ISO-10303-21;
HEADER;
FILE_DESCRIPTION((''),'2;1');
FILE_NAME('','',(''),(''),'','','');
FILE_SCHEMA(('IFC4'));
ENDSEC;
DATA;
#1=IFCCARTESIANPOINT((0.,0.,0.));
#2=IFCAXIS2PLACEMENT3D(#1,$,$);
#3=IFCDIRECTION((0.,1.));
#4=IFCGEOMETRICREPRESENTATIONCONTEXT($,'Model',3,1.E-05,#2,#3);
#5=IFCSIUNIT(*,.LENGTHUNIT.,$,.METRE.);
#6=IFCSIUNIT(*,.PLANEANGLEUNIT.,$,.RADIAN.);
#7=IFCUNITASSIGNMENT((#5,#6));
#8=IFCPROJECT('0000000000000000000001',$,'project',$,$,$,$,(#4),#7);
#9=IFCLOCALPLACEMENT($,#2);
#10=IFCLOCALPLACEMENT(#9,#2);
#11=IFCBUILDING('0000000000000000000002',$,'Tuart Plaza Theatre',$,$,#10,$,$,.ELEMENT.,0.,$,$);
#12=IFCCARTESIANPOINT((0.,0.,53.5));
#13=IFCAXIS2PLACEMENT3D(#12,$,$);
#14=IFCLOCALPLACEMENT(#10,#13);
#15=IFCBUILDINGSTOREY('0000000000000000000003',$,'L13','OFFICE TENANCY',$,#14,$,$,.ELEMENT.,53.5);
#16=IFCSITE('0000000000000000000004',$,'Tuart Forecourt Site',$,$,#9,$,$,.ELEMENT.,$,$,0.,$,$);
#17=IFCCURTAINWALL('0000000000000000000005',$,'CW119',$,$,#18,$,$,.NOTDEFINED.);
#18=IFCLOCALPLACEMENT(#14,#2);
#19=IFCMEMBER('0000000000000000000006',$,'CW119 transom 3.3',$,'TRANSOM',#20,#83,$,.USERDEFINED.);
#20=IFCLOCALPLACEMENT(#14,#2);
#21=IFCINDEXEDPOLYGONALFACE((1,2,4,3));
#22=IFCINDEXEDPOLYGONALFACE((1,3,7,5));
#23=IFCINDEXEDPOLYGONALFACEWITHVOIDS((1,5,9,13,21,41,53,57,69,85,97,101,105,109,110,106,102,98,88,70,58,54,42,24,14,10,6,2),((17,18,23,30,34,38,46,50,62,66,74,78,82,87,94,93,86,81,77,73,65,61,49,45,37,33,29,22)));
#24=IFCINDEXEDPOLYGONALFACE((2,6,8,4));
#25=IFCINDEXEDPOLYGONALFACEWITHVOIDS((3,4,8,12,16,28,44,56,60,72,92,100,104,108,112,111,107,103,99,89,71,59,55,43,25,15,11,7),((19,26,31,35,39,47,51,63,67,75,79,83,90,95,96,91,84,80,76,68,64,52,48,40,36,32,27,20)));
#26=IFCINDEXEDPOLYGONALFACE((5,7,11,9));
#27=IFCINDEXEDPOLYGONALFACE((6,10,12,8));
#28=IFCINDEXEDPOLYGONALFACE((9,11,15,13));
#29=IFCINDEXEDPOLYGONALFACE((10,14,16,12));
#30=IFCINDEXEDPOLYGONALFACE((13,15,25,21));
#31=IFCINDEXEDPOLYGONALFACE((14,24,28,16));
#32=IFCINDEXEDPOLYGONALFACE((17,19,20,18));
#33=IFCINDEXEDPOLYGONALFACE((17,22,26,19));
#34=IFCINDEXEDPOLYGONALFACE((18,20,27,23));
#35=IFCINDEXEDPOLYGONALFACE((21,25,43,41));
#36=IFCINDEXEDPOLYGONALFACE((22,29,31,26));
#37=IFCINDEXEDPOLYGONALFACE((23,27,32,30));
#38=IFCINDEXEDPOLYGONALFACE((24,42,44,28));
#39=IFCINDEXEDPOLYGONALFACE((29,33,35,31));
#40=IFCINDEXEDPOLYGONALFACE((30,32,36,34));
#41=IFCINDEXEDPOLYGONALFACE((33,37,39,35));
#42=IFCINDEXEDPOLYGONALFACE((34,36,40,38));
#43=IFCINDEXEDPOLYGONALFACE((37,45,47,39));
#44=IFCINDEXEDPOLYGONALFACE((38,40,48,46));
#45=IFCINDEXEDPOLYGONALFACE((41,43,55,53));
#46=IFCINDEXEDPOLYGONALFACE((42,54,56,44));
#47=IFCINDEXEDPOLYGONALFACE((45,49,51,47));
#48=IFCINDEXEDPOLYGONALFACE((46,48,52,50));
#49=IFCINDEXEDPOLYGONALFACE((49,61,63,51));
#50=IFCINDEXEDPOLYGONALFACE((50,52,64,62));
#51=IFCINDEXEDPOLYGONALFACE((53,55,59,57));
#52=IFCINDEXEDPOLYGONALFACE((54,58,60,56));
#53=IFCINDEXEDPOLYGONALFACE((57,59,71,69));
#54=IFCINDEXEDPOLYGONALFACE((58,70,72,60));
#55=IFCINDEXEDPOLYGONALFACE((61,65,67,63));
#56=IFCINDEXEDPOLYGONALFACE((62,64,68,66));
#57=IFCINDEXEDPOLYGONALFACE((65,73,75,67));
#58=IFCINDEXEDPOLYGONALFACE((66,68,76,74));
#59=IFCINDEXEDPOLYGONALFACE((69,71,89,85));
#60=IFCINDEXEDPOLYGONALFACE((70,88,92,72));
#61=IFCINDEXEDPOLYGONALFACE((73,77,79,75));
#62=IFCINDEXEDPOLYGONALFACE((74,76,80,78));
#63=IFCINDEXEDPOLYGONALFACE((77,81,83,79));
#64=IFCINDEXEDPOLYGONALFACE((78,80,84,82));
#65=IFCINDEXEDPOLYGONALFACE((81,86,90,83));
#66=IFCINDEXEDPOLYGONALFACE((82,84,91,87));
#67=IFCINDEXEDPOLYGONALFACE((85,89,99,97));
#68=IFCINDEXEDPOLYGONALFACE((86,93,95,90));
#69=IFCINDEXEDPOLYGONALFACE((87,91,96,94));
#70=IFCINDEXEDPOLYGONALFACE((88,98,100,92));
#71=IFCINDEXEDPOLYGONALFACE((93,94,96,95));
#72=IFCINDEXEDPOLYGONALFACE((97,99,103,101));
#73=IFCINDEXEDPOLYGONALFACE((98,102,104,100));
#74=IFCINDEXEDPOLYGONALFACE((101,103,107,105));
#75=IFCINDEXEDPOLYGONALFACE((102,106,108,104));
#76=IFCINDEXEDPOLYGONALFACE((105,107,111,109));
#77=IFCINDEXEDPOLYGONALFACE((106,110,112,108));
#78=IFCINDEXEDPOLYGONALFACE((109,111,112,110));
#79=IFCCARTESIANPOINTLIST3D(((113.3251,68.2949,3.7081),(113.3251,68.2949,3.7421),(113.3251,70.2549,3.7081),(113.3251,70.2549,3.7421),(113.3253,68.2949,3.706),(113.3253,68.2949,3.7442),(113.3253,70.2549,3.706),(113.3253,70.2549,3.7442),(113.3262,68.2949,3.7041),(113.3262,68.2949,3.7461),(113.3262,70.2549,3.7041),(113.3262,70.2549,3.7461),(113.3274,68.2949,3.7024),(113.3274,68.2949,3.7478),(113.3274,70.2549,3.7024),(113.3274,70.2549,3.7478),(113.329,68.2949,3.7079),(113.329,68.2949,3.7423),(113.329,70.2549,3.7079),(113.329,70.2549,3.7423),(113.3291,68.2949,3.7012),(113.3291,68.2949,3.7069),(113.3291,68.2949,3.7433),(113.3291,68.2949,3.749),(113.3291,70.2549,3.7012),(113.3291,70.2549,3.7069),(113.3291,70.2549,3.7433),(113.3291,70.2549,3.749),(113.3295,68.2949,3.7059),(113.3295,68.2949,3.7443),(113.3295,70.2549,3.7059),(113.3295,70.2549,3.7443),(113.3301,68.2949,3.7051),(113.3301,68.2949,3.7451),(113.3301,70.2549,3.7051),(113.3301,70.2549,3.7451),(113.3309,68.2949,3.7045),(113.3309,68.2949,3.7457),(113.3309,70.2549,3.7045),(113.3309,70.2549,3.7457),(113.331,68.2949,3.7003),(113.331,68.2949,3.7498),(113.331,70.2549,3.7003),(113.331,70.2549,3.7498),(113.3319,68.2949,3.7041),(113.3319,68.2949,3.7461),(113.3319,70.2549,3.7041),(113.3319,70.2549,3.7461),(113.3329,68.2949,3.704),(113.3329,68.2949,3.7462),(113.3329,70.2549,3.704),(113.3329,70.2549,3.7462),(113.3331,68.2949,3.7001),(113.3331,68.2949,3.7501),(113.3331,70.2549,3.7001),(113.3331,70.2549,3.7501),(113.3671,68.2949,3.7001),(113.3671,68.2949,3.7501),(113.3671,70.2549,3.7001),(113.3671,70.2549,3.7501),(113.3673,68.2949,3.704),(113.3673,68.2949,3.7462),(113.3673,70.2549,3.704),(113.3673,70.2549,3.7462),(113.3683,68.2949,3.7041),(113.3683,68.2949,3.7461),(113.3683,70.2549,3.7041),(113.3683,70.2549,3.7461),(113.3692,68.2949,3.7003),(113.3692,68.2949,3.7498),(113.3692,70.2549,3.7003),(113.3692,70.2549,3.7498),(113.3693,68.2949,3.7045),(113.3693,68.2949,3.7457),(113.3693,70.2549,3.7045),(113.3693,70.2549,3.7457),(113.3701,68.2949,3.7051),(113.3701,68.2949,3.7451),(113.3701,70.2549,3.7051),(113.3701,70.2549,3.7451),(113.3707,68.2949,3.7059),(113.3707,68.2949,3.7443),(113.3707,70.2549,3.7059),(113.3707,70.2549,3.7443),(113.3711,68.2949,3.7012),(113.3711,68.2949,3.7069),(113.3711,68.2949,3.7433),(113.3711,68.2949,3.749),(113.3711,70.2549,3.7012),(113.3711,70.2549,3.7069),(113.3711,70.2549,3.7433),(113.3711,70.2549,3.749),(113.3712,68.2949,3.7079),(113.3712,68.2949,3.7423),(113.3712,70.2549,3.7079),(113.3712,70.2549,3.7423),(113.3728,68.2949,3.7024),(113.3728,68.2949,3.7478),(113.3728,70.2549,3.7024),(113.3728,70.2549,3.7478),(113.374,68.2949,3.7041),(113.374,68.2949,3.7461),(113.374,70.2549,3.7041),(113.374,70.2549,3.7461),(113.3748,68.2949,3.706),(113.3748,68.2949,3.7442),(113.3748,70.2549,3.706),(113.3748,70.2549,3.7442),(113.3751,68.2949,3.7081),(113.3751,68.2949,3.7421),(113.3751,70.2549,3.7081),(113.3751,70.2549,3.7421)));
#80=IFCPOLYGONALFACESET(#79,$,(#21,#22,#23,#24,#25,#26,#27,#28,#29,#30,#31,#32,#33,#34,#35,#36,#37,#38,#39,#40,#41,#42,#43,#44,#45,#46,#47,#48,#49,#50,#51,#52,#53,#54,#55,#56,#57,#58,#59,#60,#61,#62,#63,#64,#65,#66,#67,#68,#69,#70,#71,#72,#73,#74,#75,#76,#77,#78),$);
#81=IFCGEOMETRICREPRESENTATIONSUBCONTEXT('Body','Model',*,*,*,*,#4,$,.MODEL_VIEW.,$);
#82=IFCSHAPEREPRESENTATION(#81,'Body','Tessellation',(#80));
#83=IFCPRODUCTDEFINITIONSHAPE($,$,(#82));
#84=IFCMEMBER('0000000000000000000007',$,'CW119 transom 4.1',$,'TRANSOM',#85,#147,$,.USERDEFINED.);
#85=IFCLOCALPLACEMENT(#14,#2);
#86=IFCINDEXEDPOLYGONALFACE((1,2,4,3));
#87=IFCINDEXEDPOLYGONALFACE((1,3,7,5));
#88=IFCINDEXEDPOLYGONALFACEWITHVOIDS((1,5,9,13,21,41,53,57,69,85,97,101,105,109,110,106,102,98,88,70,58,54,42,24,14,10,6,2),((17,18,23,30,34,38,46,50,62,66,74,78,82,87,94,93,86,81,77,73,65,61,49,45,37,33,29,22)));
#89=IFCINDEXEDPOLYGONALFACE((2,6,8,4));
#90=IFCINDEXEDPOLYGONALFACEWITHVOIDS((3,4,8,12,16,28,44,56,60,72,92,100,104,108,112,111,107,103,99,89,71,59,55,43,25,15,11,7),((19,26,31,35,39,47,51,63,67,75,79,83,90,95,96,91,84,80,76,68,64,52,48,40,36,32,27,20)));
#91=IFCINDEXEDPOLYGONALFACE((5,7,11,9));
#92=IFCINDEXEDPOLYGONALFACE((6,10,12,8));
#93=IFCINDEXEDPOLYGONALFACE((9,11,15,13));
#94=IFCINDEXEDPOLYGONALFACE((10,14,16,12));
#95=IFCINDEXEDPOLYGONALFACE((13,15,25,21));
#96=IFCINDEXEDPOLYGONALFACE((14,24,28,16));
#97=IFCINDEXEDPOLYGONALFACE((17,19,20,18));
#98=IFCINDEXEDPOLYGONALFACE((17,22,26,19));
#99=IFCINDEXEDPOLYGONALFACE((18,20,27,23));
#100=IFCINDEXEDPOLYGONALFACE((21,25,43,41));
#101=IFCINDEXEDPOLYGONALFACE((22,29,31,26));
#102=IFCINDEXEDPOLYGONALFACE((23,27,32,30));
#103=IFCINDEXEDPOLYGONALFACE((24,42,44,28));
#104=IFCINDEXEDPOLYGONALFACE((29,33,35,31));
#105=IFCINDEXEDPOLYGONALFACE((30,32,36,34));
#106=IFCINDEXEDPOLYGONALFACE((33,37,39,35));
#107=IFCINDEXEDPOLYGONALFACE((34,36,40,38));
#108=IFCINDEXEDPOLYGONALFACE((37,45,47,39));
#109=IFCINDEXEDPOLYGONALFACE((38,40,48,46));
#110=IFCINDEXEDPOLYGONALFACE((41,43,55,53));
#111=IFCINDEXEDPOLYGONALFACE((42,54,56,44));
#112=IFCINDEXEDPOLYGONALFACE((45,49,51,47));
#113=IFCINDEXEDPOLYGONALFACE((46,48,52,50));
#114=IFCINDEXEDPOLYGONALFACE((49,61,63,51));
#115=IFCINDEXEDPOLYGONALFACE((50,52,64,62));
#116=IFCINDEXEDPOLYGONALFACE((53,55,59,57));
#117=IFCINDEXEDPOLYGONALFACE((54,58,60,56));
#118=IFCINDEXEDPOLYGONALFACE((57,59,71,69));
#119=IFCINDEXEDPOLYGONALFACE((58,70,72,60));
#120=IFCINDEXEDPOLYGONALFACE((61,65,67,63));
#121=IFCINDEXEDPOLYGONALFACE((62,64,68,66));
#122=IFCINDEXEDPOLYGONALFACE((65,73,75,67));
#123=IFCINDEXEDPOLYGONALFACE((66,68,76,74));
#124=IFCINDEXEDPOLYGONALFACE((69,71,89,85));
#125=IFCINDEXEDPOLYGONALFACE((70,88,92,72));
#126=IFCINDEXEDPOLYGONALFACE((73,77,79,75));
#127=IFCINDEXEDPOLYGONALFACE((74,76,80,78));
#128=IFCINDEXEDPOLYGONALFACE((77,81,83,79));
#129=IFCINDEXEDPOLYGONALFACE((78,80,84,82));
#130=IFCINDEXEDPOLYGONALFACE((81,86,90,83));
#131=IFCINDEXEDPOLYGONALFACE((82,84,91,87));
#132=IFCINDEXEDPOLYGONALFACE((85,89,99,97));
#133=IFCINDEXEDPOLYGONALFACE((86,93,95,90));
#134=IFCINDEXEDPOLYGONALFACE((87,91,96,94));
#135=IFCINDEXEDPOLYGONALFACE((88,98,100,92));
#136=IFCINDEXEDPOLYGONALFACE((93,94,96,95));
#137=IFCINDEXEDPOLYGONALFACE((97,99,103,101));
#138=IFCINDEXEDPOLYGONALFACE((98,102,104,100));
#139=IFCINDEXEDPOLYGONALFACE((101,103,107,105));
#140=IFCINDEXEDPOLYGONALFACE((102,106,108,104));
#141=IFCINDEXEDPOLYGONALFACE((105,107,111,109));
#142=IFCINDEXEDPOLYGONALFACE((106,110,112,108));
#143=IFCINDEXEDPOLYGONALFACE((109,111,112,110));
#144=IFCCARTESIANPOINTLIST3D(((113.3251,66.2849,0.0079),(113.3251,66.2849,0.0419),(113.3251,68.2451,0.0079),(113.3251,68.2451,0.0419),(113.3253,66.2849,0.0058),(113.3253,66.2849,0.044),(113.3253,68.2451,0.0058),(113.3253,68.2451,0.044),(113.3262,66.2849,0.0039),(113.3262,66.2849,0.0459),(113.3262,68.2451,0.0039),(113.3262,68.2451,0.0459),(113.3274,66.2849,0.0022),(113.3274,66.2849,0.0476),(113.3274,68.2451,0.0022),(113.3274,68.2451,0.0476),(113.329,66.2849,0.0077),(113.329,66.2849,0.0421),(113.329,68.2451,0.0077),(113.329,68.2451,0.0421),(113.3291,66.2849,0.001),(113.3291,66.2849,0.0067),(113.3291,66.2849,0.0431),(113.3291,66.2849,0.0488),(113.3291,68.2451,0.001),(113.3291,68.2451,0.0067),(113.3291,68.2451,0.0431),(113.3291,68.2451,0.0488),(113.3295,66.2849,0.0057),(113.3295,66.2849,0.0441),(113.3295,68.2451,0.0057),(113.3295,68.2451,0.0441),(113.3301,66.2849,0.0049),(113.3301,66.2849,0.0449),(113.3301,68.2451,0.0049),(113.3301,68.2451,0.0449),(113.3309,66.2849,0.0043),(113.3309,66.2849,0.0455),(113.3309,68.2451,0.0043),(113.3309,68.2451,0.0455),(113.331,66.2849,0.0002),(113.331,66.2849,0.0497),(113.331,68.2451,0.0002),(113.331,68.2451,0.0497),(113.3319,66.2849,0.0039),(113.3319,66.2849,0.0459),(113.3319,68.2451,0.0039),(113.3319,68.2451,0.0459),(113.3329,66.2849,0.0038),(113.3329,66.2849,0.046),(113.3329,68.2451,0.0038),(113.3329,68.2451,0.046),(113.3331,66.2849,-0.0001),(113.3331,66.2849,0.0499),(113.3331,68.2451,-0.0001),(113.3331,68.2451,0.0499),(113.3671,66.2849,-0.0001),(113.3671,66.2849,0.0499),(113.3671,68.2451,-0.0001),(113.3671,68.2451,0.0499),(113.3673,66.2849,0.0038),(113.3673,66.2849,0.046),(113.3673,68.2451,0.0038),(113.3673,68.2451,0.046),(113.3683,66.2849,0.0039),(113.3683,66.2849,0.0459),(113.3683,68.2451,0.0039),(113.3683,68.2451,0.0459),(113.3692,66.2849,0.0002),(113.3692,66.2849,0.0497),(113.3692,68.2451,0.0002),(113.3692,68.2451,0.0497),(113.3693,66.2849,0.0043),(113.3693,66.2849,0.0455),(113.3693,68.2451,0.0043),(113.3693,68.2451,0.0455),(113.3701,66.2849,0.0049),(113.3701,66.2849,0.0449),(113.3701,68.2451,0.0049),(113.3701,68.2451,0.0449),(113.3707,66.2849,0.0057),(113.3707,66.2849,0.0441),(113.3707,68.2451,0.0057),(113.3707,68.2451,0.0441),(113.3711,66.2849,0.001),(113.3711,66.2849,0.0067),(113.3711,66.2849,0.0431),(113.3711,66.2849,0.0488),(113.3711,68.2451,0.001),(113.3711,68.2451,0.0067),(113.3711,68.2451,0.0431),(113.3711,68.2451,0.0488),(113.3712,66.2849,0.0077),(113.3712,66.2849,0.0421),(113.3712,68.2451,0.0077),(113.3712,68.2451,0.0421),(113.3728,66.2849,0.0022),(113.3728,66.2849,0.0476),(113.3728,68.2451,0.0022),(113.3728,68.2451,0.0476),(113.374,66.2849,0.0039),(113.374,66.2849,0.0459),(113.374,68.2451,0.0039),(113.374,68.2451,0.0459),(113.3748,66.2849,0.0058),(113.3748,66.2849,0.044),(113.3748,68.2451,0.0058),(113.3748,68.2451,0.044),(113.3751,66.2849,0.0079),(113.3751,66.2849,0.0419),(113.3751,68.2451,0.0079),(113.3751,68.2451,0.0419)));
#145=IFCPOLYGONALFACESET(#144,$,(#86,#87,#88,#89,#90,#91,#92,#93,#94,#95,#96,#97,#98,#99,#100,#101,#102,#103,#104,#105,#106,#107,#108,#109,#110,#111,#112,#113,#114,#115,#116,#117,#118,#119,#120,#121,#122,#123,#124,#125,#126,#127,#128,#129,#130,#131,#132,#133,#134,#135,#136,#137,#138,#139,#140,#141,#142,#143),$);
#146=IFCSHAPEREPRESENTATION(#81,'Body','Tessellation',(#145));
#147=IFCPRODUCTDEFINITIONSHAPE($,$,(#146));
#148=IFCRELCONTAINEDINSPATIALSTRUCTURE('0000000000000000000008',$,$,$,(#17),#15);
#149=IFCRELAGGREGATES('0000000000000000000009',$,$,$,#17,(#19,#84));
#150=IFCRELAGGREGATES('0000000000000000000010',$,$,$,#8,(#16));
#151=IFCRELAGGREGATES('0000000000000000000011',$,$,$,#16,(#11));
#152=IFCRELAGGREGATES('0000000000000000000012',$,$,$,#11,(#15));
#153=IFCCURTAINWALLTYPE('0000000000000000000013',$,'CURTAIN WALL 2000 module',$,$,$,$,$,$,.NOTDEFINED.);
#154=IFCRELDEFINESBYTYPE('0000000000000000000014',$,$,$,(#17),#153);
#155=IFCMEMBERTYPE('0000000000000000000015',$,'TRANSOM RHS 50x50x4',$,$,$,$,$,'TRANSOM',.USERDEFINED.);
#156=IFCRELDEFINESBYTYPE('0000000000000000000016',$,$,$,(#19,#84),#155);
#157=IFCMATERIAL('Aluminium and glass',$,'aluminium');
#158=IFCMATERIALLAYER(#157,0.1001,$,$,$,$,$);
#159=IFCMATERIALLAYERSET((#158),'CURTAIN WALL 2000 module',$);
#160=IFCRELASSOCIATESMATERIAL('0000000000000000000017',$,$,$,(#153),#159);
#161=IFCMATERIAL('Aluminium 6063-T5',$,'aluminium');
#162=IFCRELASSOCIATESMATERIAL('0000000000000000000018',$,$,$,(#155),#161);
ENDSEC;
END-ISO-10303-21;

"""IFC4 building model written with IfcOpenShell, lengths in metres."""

from ifc_helpers import new_model, si_unit, direction, frame, origin, origin_2d, place, context, subcontext, project, spatial, hollow_rectangle, extrude, material, layer, layer_set, material_profile, profile_set, type_object, element, aggregate, save


model = new_model("IFC4")

# Units and contexts
model_context = context("Model", 3, precision=1e-05, world=origin(), true_north=direction((0.0, 1.0)))
body_context = subcontext(model_context, "Body", "Model", "MODEL_VIEW")
ifc_project = project(units=[si_unit("LENGTHUNIT", "METRE"), si_unit("PLANEANGLEUNIT", "RADIAN")], contexts=[model_context])

# Site, building, storey
site_placement = place(None, origin())
site = spatial("IfcSite", under=ifc_project, at=site_placement, Name="Tuart Forecourt Site", CompositionType="ELEMENT", RefElevation=0.0)
building_placement = place(site_placement, origin())
building = spatial("IfcBuilding", under=site, at=building_placement, Name="Tuart Plaza Theatre", CompositionType="ELEMENT", ElevationOfRefHeight=0.0)
storey_placement = place(building_placement, frame((0.0, 0.0, 53.5)))
storey = spatial("IfcBuildingStorey", under=building, at=storey_placement, Name="L13", Description="OFFICE TENANCY", CompositionType="ELEMENT", Elevation=53.5)

# Curtain wall, members
ifc_material_1 = material(Name="Aluminium and glass", Category="aluminium")
ifc_layer_1 = layer(ifc_material_1, 0.1001)
ifc_layer_set_1 = layer_set([ifc_layer_1], Name="CURTAIN WALL 2000 module")
curtain_wall_type = type_object("IfcCurtainWallType", Name="CURTAIN WALL 2000 module", PredefinedType="NOTDEFINED", material=ifc_layer_set_1)
curtain_wall_1_placement = place(storey_placement, origin())
curtain_wall_1 = element("IfcCurtainWall", 1, at=curtain_wall_1_placement, inside=storey, type_object=curtain_wall_type, Name="CW119", PredefinedType="NOTDEFINED")
ifc_material_2 = material(Name="Aluminium 6063-T5", Category="aluminium")
ifc_material_profile_1 = material_profile(ifc_material_2, hollow_rectangle(XDim=0.05, YDim=0.05, WallThickness=0.0039, InnerFilletRadius=0.0039, OuterFilletRadius=0.0081, at=origin_2d()), Name="RHS 50x50x4")
ifc_profile_set_1 = profile_set([ifc_material_profile_1], Name="Aluminium 6063-T5")
member_type_1 = type_object("IfcMemberType", Name="TRANSOM RHS 50x50x4", ElementType="TRANSOM", PredefinedType="USERDEFINED", material=ifc_profile_set_1)
member_1_placement = place(storey_placement, frame((113.3501, 70.2549, 3.7251), z_axis=(0.0, -1.0, 0.0), x_axis=(1.0, 0.0, 0.0)))
member_1 = element("IfcMember", 2, at=member_1_placement, type_object=member_type_1, Name="CW119 transom 3.3", ObjectType="TRANSOM", PredefinedType="USERDEFINED", context=body_context, shape_type="SweptSolid", body=[
    extrude(hollow_rectangle(XDim=0.05, YDim=0.05, WallThickness=0.0039, InnerFilletRadius=0.0039, OuterFilletRadius=0.0081, at=origin_2d()), origin(), (0.0, 0.0, 1.0), 1.96),
])
member_2_placement = place(storey_placement, frame((113.3501, 68.2451, 0.0249), z_axis=(0.0, -1.0, 0.0), x_axis=(1.0, 0.0, 0.0)))
member_2 = element("IfcMember", 3, at=member_2_placement, type_object=member_type_1, Name="CW119 transom 4.1", ObjectType="TRANSOM", PredefinedType="USERDEFINED", context=body_context, shape_type="SweptSolid", body=[
    extrude(hollow_rectangle(XDim=0.05, YDim=0.05, WallThickness=0.0039, InnerFilletRadius=0.0039, OuterFilletRadius=0.0081, at=origin_2d()), origin(), (0.0, 0.0, 1.0), 1.9602),
])

aggregate(curtain_wall_1, [member_1, member_2])

save(model, "model.ifc")
